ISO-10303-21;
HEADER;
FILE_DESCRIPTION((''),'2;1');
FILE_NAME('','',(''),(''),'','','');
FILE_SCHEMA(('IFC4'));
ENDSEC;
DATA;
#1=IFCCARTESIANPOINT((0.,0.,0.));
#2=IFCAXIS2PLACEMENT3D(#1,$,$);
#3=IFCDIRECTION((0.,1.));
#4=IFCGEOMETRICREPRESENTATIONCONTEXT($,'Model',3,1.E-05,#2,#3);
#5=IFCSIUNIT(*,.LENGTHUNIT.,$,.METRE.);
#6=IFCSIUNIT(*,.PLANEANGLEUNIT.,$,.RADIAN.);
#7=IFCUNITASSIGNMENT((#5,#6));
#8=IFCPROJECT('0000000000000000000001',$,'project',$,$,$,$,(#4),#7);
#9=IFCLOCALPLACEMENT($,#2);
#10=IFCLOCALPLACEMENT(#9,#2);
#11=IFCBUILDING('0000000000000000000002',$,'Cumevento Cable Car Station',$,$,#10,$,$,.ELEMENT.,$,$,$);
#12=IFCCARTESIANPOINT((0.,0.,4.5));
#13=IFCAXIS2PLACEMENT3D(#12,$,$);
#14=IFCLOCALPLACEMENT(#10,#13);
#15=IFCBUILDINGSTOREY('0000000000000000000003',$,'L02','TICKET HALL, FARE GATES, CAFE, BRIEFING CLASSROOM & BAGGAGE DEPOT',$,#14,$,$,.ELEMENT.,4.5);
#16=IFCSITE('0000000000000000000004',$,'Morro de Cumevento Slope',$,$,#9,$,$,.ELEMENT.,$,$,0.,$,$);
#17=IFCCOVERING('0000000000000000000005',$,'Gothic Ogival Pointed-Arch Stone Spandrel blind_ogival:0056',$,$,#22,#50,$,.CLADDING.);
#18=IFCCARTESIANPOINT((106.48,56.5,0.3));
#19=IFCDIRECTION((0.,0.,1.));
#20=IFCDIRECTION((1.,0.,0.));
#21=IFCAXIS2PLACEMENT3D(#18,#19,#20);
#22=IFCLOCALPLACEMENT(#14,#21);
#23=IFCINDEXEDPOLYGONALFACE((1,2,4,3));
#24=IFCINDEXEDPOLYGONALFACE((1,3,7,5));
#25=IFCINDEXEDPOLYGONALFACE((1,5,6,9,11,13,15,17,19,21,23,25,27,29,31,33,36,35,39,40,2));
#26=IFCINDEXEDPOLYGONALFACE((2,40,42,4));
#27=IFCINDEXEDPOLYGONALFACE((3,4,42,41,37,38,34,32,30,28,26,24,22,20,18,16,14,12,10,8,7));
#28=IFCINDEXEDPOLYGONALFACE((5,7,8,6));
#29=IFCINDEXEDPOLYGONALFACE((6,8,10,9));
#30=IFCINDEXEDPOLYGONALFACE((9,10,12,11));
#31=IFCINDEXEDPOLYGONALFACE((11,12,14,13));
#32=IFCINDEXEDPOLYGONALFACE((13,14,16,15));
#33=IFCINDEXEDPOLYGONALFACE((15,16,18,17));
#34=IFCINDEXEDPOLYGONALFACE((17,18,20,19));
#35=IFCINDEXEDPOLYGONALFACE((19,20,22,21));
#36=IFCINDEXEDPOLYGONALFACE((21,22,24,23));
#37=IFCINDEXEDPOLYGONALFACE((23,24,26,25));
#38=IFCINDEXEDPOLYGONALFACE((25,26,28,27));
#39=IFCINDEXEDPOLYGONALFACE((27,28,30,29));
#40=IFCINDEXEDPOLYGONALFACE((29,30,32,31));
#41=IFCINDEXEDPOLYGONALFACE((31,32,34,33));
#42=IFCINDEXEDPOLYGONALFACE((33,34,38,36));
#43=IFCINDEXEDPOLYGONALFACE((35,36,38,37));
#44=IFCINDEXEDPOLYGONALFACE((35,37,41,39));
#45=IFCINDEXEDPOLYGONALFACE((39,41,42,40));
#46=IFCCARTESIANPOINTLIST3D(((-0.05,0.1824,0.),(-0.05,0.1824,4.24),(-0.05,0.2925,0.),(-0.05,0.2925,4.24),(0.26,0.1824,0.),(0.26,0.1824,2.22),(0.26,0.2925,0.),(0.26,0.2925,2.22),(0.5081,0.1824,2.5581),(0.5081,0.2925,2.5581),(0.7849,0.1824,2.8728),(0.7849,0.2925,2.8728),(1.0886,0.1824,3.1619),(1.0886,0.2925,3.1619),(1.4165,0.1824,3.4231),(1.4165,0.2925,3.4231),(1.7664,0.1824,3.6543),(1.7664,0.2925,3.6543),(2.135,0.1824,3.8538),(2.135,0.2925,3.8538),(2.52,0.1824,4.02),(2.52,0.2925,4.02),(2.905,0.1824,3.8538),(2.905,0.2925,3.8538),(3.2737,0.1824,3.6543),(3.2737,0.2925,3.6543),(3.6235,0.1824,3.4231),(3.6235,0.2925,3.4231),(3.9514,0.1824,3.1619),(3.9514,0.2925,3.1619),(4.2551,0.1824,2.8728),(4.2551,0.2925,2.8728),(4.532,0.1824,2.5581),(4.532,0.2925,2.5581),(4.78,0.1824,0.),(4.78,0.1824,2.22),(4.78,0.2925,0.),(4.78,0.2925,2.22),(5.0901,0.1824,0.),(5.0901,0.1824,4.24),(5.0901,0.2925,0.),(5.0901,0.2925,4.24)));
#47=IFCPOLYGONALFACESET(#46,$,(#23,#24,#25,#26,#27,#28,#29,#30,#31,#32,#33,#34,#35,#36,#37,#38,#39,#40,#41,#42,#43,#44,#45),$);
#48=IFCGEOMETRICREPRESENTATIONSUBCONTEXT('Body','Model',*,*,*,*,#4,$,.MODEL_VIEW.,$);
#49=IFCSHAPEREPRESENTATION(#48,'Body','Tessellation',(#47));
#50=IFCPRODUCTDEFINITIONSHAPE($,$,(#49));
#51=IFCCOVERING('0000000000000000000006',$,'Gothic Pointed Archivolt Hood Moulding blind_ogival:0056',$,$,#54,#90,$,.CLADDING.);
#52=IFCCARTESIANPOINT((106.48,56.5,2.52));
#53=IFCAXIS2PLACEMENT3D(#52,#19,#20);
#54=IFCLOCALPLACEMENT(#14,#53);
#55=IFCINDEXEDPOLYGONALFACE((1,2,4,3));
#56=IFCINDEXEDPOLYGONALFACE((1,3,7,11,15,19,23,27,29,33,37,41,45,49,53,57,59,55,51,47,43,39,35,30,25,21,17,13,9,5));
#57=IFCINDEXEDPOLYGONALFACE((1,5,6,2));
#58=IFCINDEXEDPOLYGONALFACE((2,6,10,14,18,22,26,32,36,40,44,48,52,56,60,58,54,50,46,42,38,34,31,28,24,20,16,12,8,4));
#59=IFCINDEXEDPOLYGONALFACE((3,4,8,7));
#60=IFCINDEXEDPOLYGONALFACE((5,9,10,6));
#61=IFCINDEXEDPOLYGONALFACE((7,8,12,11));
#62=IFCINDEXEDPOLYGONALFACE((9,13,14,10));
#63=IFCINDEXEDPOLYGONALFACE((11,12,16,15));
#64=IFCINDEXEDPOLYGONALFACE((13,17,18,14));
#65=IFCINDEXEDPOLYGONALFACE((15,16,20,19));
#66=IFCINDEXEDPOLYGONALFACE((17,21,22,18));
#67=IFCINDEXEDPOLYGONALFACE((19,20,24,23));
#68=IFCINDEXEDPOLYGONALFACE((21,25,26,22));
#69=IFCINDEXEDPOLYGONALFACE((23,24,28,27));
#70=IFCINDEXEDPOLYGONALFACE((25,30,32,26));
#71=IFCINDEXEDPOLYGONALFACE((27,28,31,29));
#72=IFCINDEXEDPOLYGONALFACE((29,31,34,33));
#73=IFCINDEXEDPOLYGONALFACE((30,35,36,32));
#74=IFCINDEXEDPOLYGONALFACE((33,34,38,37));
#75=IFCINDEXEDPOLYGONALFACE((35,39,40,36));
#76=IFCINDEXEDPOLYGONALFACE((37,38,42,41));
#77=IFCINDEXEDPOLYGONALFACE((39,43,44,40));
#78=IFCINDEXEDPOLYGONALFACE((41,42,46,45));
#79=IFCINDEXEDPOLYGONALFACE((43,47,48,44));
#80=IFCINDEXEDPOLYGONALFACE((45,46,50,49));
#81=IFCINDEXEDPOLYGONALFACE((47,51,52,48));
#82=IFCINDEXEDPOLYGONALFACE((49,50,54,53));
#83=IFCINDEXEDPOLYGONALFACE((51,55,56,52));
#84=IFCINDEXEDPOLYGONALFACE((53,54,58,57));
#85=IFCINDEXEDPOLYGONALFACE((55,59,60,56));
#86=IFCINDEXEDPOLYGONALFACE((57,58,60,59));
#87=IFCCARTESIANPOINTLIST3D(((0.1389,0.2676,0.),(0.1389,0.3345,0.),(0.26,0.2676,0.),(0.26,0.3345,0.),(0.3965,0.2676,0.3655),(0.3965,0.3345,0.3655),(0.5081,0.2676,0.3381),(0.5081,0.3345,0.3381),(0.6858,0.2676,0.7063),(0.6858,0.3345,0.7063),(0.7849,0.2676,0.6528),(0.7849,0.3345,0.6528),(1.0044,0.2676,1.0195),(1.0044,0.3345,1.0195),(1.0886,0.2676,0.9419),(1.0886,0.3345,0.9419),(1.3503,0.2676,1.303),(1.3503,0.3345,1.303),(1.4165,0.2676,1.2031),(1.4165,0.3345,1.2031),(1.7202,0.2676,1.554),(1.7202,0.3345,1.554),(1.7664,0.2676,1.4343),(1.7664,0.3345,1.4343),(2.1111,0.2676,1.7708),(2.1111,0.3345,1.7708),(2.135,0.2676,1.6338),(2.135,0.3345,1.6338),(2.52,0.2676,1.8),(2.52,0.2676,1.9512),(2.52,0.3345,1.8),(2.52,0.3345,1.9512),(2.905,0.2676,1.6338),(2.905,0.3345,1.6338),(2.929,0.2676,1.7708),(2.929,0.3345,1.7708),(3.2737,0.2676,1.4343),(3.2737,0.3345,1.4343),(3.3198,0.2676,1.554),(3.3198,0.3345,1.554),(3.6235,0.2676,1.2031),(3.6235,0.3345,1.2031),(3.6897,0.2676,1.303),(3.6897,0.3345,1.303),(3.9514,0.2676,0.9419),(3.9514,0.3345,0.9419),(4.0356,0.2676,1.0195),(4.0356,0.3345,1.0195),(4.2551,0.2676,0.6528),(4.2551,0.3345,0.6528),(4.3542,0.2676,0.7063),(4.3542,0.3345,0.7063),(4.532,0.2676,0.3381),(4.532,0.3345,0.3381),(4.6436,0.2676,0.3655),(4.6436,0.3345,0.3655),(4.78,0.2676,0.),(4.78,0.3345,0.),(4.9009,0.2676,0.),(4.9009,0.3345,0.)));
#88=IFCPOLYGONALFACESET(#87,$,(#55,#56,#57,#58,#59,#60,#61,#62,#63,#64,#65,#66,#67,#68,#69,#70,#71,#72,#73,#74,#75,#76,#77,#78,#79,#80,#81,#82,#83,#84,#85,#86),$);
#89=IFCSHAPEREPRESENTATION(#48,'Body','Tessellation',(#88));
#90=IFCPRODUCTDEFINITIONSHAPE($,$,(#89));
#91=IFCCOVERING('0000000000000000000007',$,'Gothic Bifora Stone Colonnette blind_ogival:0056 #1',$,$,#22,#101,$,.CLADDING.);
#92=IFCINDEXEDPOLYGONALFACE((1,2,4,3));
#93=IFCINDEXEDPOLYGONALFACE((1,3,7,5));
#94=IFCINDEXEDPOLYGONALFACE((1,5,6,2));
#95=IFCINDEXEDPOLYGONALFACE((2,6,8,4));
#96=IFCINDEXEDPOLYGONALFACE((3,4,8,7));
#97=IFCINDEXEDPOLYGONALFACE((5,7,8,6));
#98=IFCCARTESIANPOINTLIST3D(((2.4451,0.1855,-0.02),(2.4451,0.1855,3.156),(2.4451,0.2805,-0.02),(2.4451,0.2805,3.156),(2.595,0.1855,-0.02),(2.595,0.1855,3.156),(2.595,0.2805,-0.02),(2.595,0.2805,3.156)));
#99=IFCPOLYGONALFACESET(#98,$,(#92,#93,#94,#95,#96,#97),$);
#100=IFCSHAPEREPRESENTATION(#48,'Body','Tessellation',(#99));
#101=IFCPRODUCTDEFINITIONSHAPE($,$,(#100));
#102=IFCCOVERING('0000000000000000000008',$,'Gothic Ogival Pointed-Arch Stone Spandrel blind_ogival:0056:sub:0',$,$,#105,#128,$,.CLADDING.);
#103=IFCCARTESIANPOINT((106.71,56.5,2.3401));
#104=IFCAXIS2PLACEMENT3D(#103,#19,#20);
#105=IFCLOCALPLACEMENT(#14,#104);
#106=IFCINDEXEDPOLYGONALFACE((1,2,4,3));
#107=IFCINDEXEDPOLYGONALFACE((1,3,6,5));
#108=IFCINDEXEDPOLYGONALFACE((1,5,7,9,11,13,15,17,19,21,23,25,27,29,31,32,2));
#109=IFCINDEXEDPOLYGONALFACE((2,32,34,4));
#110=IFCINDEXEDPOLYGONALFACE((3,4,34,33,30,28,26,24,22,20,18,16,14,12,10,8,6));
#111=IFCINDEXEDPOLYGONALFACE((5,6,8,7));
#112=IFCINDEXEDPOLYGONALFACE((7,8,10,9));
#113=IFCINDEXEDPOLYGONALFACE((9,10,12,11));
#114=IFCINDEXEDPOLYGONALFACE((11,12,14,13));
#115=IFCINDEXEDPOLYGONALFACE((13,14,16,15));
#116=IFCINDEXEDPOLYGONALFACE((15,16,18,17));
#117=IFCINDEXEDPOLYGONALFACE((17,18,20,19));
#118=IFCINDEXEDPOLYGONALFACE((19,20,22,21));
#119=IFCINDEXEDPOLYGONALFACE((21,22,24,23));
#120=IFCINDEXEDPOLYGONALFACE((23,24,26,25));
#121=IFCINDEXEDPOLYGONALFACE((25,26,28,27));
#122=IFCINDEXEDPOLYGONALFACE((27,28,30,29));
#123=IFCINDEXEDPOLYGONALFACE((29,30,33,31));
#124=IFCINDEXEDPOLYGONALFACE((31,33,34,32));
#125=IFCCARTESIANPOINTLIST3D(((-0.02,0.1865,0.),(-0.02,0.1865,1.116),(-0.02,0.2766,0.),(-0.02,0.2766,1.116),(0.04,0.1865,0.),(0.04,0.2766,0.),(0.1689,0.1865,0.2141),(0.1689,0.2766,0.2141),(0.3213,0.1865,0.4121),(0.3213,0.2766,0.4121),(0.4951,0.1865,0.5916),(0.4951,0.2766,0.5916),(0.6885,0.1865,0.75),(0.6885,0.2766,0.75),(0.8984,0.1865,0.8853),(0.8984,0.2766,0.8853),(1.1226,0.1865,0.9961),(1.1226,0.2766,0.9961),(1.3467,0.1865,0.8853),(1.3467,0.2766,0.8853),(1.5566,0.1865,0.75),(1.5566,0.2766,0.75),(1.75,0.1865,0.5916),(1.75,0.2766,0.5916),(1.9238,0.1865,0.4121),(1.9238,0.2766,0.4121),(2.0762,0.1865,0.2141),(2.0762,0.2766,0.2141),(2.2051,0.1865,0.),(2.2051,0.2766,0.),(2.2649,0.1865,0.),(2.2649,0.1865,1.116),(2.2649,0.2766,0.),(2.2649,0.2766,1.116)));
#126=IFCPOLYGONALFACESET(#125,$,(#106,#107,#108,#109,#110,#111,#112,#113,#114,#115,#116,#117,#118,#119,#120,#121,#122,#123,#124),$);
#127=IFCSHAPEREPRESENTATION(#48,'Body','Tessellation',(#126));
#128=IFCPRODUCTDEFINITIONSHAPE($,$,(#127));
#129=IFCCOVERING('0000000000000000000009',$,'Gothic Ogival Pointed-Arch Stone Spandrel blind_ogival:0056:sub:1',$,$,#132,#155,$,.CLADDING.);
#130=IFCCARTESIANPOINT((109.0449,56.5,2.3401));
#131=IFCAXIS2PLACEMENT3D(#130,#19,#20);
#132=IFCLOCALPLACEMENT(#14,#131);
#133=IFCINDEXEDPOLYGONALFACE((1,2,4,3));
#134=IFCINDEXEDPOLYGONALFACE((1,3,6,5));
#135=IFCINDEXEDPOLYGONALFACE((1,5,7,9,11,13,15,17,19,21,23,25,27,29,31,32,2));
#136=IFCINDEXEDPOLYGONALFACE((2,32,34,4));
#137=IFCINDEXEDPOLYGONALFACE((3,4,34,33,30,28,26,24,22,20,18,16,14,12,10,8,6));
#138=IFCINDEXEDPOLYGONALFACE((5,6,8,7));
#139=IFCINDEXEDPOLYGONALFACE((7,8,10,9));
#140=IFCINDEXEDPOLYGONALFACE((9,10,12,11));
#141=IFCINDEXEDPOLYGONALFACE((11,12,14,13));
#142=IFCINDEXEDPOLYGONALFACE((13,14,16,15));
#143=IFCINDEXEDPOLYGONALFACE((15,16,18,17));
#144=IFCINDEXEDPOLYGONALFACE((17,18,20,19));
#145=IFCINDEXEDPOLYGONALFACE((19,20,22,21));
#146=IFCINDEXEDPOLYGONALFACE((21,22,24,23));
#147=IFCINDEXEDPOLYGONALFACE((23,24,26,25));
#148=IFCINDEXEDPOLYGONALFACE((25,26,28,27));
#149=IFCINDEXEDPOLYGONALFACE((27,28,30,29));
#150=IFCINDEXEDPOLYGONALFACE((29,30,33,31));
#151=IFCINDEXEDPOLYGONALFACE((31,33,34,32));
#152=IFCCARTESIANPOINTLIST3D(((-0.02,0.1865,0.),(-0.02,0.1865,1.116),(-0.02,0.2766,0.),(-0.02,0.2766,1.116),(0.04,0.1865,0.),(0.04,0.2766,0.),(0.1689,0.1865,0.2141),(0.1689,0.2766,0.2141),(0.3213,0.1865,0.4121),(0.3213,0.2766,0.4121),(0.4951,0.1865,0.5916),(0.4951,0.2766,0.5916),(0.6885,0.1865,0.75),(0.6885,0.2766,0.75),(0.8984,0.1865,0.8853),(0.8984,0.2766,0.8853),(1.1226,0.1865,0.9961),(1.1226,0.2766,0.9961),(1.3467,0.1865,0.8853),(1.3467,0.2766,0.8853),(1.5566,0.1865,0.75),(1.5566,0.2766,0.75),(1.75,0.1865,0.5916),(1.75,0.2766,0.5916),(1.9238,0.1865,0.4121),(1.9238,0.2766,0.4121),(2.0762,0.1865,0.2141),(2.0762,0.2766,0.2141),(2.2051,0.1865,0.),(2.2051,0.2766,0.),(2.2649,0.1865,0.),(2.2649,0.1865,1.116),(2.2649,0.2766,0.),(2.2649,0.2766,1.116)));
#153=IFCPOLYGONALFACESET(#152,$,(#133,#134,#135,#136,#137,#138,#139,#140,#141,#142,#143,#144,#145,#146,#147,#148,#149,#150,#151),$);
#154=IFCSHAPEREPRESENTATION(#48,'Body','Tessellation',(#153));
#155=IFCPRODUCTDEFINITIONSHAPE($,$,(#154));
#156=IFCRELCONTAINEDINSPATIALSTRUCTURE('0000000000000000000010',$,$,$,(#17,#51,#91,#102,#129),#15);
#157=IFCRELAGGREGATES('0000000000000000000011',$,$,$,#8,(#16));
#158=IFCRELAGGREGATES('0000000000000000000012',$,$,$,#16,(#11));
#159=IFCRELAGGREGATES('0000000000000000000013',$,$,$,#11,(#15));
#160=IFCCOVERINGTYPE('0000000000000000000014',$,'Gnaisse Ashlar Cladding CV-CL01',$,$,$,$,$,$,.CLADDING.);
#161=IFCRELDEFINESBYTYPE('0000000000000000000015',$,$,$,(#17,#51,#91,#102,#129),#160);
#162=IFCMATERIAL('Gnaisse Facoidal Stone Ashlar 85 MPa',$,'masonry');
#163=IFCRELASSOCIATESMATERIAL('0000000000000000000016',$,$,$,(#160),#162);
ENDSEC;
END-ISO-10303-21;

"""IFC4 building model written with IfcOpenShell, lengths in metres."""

from ifc_helpers import new_model, si_unit, direction, frame, origin, place, context, subcontext, project, spatial, polyline, outline, extrude, material, type_object, element, save


model = new_model("IFC4")

# Units and contexts
model_context = context("Model", 3, precision=1e-05, world=origin(), true_north=direction((0.0, 1.0)))
body_context = subcontext(model_context, "Body", "Model", "MODEL_VIEW")
ifc_project = project(units=[si_unit("LENGTHUNIT", "METRE"), si_unit("PLANEANGLEUNIT", "RADIAN")], contexts=[model_context])

# Site, building, storey
site_placement = place(None, origin())
site = spatial("IfcSite", under=ifc_project, at=site_placement, Name="Morro de Cumevento Slope", CompositionType="ELEMENT", RefElevation=0.0)
building_placement = place(site_placement, origin())
building = spatial("IfcBuilding", under=site, at=building_placement, Name="Cumevento Cable Car Station", CompositionType="ELEMENT")
storey_placement = place(building_placement, frame((0.0, 0.0, 4.5)))
storey = spatial("IfcBuildingStorey", under=building, at=storey_placement, Name="L02", Description="TICKET HALL, FARE GATES, CAFE, BRIEFING CLASSROOM & BAGGAGE DEPOT", CompositionType="ELEMENT", Elevation=4.5)

# Coverings
ifc_material_1 = material(Name="Gnaisse Facoidal Stone Ashlar 85 MPa", Category="masonry")
covering_type = type_object("IfcCoveringType", Name="Gnaisse Ashlar Cladding CV-CL01", PredefinedType="CLADDING", material=ifc_material_1)
placement_1 = place(storey_placement, frame((106.48, 56.5, 0.3), z_axis=(0.0, 0.0, 1.0), x_axis=(1.0, 0.0, 0.0)))
element("IfcCovering", 1, at=placement_1, inside=storey, type_object=covering_type, Name="Gothic Ogival Pointed-Arch Stone Spandrel blind_ogival:0056", PredefinedType="CLADDING", context=body_context, shape_type="SweptSolid", body=[
    extrude(outline(polyline([(-0.05, 0.0), (-0.05, 4.24), (5.0901, 4.24), (5.0901, 0.0), (4.78, 0.0), (4.78, 2.22), (4.532, 2.5581), (4.2551, 2.8728), (3.9514, 3.1619), (3.6235, 3.4231), (3.2737, 3.6543), (2.905, 3.8538), (2.52, 4.02), (2.135, 3.8538), (1.7664, 3.6543), (1.4165, 3.4231), (1.0886, 3.1619), (0.7849, 2.8728), (0.5081, 2.5581), (0.26, 2.22), (0.26, 0.0), (-0.05, 0.0)])), frame((0.0, 0.2925, 0.0), z_axis=(0.0, -1.0, 0.0), x_axis=(1.0, 0.0, 0.0)), (0.0, 0.0, 1.0), 0.1101),
])
covering_1_placement = place(storey_placement, frame((106.48, 56.5, 2.52), z_axis=(0.0, 0.0, 1.0), x_axis=(1.0, 0.0, 0.0)))
element("IfcCovering", 2, at=covering_1_placement, inside=storey, type_object=covering_type, Name="Gothic Pointed Archivolt Hood Moulding blind_ogival:0056", PredefinedType="CLADDING", context=body_context, shape_type="SweptSolid", body=[
    extrude(outline(polyline([(0.26, 0.0), (0.5081, 0.3381), (0.7849, 0.6528), (1.0886, 0.9419), (1.4165, 1.2031), (1.7664, 1.4343), (2.135, 1.6338), (2.52, 1.8), (2.905, 1.6338), (3.2737, 1.4343), (3.6235, 1.2031), (3.9514, 0.9419), (4.2551, 0.6528), (4.532, 0.3381), (4.78, 0.0), (4.9009, 0.0), (4.6436, 0.3655), (4.3542, 0.7063), (4.0356, 1.0195), (3.6897, 1.303), (3.3198, 1.554), (2.929, 1.7708), (2.52, 1.9512), (2.1111, 1.7708), (1.7202, 1.554), (1.3503, 1.303), (1.0044, 1.0195), (0.6858, 0.7063), (0.3965, 0.3655), (0.1389, 0.0), (0.26, 0.0)])), frame((0.0, 0.3345, 0.0), z_axis=(0.0, -1.0, 0.0), x_axis=(1.0, 0.0, 0.0)), (0.0, 0.0, 1.0), 0.0669),
])
element("IfcCovering", 3, at=placement_1, inside=storey, type_object=covering_type, Name="Gothic Bifora Stone Colonnette blind_ogival:0056 #1", PredefinedType="CLADDING", context=body_context, shape_type="SweptSolid", body=[
    extrude(outline(polyline([(2.4451, -0.02), (2.595, -0.02), (2.595, 3.156), (2.4451, 3.156), (2.4451, -0.02)])), frame((0.0, 0.2805, 0.0), z_axis=(0.0, -1.0, 0.0), x_axis=(1.0, 0.0, 0.0)), (0.0, 0.0, 1.0), 0.095),
])
for number, where, z_axis, x_axis, name in (
    (4, (106.71, 56.5, 2.3401), (0.0, 0.0, 1.0), (1.0, 0.0, 0.0), "Gothic Ogival Pointed-Arch Stone Spandrel blind_ogival:0056:sub:0"),
    (5, (109.0449, 56.5, 2.3401), (0.0, 0.0, 1.0), (1.0, 0.0, 0.0), "Gothic Ogival Pointed-Arch Stone Spandrel blind_ogival:0056:sub:1"),
):
    element("IfcCovering", number, at=place(storey_placement, frame(where, z_axis=z_axis, x_axis=x_axis)), inside=storey, type_object=covering_type, Name=name, PredefinedType="CLADDING", context=body_context, shape_type="SweptSolid", body=[
        extrude(outline(polyline([(-0.02, 0.0), (-0.02, 1.116), (2.2649, 1.116), (2.2649, 0.0), (2.2051, 0.0), (2.0762, 0.2141), (1.9238, 0.4121), (1.75, 0.5916), (1.5566, 0.75), (1.3467, 0.8853), (1.1226, 0.9961), (0.8984, 0.8853), (0.6885, 0.75), (0.4951, 0.5916), (0.3213, 0.4121), (0.1689, 0.2141), (0.04, 0.0), (-0.02, 0.0)])), frame((0.0, 0.2766, 0.0), z_axis=(0.0, -1.0, 0.0), x_axis=(1.0, 0.0, 0.0)), (0.0, 0.0, 1.0), 0.0901),
    ])

save(model, "model.ifc")
